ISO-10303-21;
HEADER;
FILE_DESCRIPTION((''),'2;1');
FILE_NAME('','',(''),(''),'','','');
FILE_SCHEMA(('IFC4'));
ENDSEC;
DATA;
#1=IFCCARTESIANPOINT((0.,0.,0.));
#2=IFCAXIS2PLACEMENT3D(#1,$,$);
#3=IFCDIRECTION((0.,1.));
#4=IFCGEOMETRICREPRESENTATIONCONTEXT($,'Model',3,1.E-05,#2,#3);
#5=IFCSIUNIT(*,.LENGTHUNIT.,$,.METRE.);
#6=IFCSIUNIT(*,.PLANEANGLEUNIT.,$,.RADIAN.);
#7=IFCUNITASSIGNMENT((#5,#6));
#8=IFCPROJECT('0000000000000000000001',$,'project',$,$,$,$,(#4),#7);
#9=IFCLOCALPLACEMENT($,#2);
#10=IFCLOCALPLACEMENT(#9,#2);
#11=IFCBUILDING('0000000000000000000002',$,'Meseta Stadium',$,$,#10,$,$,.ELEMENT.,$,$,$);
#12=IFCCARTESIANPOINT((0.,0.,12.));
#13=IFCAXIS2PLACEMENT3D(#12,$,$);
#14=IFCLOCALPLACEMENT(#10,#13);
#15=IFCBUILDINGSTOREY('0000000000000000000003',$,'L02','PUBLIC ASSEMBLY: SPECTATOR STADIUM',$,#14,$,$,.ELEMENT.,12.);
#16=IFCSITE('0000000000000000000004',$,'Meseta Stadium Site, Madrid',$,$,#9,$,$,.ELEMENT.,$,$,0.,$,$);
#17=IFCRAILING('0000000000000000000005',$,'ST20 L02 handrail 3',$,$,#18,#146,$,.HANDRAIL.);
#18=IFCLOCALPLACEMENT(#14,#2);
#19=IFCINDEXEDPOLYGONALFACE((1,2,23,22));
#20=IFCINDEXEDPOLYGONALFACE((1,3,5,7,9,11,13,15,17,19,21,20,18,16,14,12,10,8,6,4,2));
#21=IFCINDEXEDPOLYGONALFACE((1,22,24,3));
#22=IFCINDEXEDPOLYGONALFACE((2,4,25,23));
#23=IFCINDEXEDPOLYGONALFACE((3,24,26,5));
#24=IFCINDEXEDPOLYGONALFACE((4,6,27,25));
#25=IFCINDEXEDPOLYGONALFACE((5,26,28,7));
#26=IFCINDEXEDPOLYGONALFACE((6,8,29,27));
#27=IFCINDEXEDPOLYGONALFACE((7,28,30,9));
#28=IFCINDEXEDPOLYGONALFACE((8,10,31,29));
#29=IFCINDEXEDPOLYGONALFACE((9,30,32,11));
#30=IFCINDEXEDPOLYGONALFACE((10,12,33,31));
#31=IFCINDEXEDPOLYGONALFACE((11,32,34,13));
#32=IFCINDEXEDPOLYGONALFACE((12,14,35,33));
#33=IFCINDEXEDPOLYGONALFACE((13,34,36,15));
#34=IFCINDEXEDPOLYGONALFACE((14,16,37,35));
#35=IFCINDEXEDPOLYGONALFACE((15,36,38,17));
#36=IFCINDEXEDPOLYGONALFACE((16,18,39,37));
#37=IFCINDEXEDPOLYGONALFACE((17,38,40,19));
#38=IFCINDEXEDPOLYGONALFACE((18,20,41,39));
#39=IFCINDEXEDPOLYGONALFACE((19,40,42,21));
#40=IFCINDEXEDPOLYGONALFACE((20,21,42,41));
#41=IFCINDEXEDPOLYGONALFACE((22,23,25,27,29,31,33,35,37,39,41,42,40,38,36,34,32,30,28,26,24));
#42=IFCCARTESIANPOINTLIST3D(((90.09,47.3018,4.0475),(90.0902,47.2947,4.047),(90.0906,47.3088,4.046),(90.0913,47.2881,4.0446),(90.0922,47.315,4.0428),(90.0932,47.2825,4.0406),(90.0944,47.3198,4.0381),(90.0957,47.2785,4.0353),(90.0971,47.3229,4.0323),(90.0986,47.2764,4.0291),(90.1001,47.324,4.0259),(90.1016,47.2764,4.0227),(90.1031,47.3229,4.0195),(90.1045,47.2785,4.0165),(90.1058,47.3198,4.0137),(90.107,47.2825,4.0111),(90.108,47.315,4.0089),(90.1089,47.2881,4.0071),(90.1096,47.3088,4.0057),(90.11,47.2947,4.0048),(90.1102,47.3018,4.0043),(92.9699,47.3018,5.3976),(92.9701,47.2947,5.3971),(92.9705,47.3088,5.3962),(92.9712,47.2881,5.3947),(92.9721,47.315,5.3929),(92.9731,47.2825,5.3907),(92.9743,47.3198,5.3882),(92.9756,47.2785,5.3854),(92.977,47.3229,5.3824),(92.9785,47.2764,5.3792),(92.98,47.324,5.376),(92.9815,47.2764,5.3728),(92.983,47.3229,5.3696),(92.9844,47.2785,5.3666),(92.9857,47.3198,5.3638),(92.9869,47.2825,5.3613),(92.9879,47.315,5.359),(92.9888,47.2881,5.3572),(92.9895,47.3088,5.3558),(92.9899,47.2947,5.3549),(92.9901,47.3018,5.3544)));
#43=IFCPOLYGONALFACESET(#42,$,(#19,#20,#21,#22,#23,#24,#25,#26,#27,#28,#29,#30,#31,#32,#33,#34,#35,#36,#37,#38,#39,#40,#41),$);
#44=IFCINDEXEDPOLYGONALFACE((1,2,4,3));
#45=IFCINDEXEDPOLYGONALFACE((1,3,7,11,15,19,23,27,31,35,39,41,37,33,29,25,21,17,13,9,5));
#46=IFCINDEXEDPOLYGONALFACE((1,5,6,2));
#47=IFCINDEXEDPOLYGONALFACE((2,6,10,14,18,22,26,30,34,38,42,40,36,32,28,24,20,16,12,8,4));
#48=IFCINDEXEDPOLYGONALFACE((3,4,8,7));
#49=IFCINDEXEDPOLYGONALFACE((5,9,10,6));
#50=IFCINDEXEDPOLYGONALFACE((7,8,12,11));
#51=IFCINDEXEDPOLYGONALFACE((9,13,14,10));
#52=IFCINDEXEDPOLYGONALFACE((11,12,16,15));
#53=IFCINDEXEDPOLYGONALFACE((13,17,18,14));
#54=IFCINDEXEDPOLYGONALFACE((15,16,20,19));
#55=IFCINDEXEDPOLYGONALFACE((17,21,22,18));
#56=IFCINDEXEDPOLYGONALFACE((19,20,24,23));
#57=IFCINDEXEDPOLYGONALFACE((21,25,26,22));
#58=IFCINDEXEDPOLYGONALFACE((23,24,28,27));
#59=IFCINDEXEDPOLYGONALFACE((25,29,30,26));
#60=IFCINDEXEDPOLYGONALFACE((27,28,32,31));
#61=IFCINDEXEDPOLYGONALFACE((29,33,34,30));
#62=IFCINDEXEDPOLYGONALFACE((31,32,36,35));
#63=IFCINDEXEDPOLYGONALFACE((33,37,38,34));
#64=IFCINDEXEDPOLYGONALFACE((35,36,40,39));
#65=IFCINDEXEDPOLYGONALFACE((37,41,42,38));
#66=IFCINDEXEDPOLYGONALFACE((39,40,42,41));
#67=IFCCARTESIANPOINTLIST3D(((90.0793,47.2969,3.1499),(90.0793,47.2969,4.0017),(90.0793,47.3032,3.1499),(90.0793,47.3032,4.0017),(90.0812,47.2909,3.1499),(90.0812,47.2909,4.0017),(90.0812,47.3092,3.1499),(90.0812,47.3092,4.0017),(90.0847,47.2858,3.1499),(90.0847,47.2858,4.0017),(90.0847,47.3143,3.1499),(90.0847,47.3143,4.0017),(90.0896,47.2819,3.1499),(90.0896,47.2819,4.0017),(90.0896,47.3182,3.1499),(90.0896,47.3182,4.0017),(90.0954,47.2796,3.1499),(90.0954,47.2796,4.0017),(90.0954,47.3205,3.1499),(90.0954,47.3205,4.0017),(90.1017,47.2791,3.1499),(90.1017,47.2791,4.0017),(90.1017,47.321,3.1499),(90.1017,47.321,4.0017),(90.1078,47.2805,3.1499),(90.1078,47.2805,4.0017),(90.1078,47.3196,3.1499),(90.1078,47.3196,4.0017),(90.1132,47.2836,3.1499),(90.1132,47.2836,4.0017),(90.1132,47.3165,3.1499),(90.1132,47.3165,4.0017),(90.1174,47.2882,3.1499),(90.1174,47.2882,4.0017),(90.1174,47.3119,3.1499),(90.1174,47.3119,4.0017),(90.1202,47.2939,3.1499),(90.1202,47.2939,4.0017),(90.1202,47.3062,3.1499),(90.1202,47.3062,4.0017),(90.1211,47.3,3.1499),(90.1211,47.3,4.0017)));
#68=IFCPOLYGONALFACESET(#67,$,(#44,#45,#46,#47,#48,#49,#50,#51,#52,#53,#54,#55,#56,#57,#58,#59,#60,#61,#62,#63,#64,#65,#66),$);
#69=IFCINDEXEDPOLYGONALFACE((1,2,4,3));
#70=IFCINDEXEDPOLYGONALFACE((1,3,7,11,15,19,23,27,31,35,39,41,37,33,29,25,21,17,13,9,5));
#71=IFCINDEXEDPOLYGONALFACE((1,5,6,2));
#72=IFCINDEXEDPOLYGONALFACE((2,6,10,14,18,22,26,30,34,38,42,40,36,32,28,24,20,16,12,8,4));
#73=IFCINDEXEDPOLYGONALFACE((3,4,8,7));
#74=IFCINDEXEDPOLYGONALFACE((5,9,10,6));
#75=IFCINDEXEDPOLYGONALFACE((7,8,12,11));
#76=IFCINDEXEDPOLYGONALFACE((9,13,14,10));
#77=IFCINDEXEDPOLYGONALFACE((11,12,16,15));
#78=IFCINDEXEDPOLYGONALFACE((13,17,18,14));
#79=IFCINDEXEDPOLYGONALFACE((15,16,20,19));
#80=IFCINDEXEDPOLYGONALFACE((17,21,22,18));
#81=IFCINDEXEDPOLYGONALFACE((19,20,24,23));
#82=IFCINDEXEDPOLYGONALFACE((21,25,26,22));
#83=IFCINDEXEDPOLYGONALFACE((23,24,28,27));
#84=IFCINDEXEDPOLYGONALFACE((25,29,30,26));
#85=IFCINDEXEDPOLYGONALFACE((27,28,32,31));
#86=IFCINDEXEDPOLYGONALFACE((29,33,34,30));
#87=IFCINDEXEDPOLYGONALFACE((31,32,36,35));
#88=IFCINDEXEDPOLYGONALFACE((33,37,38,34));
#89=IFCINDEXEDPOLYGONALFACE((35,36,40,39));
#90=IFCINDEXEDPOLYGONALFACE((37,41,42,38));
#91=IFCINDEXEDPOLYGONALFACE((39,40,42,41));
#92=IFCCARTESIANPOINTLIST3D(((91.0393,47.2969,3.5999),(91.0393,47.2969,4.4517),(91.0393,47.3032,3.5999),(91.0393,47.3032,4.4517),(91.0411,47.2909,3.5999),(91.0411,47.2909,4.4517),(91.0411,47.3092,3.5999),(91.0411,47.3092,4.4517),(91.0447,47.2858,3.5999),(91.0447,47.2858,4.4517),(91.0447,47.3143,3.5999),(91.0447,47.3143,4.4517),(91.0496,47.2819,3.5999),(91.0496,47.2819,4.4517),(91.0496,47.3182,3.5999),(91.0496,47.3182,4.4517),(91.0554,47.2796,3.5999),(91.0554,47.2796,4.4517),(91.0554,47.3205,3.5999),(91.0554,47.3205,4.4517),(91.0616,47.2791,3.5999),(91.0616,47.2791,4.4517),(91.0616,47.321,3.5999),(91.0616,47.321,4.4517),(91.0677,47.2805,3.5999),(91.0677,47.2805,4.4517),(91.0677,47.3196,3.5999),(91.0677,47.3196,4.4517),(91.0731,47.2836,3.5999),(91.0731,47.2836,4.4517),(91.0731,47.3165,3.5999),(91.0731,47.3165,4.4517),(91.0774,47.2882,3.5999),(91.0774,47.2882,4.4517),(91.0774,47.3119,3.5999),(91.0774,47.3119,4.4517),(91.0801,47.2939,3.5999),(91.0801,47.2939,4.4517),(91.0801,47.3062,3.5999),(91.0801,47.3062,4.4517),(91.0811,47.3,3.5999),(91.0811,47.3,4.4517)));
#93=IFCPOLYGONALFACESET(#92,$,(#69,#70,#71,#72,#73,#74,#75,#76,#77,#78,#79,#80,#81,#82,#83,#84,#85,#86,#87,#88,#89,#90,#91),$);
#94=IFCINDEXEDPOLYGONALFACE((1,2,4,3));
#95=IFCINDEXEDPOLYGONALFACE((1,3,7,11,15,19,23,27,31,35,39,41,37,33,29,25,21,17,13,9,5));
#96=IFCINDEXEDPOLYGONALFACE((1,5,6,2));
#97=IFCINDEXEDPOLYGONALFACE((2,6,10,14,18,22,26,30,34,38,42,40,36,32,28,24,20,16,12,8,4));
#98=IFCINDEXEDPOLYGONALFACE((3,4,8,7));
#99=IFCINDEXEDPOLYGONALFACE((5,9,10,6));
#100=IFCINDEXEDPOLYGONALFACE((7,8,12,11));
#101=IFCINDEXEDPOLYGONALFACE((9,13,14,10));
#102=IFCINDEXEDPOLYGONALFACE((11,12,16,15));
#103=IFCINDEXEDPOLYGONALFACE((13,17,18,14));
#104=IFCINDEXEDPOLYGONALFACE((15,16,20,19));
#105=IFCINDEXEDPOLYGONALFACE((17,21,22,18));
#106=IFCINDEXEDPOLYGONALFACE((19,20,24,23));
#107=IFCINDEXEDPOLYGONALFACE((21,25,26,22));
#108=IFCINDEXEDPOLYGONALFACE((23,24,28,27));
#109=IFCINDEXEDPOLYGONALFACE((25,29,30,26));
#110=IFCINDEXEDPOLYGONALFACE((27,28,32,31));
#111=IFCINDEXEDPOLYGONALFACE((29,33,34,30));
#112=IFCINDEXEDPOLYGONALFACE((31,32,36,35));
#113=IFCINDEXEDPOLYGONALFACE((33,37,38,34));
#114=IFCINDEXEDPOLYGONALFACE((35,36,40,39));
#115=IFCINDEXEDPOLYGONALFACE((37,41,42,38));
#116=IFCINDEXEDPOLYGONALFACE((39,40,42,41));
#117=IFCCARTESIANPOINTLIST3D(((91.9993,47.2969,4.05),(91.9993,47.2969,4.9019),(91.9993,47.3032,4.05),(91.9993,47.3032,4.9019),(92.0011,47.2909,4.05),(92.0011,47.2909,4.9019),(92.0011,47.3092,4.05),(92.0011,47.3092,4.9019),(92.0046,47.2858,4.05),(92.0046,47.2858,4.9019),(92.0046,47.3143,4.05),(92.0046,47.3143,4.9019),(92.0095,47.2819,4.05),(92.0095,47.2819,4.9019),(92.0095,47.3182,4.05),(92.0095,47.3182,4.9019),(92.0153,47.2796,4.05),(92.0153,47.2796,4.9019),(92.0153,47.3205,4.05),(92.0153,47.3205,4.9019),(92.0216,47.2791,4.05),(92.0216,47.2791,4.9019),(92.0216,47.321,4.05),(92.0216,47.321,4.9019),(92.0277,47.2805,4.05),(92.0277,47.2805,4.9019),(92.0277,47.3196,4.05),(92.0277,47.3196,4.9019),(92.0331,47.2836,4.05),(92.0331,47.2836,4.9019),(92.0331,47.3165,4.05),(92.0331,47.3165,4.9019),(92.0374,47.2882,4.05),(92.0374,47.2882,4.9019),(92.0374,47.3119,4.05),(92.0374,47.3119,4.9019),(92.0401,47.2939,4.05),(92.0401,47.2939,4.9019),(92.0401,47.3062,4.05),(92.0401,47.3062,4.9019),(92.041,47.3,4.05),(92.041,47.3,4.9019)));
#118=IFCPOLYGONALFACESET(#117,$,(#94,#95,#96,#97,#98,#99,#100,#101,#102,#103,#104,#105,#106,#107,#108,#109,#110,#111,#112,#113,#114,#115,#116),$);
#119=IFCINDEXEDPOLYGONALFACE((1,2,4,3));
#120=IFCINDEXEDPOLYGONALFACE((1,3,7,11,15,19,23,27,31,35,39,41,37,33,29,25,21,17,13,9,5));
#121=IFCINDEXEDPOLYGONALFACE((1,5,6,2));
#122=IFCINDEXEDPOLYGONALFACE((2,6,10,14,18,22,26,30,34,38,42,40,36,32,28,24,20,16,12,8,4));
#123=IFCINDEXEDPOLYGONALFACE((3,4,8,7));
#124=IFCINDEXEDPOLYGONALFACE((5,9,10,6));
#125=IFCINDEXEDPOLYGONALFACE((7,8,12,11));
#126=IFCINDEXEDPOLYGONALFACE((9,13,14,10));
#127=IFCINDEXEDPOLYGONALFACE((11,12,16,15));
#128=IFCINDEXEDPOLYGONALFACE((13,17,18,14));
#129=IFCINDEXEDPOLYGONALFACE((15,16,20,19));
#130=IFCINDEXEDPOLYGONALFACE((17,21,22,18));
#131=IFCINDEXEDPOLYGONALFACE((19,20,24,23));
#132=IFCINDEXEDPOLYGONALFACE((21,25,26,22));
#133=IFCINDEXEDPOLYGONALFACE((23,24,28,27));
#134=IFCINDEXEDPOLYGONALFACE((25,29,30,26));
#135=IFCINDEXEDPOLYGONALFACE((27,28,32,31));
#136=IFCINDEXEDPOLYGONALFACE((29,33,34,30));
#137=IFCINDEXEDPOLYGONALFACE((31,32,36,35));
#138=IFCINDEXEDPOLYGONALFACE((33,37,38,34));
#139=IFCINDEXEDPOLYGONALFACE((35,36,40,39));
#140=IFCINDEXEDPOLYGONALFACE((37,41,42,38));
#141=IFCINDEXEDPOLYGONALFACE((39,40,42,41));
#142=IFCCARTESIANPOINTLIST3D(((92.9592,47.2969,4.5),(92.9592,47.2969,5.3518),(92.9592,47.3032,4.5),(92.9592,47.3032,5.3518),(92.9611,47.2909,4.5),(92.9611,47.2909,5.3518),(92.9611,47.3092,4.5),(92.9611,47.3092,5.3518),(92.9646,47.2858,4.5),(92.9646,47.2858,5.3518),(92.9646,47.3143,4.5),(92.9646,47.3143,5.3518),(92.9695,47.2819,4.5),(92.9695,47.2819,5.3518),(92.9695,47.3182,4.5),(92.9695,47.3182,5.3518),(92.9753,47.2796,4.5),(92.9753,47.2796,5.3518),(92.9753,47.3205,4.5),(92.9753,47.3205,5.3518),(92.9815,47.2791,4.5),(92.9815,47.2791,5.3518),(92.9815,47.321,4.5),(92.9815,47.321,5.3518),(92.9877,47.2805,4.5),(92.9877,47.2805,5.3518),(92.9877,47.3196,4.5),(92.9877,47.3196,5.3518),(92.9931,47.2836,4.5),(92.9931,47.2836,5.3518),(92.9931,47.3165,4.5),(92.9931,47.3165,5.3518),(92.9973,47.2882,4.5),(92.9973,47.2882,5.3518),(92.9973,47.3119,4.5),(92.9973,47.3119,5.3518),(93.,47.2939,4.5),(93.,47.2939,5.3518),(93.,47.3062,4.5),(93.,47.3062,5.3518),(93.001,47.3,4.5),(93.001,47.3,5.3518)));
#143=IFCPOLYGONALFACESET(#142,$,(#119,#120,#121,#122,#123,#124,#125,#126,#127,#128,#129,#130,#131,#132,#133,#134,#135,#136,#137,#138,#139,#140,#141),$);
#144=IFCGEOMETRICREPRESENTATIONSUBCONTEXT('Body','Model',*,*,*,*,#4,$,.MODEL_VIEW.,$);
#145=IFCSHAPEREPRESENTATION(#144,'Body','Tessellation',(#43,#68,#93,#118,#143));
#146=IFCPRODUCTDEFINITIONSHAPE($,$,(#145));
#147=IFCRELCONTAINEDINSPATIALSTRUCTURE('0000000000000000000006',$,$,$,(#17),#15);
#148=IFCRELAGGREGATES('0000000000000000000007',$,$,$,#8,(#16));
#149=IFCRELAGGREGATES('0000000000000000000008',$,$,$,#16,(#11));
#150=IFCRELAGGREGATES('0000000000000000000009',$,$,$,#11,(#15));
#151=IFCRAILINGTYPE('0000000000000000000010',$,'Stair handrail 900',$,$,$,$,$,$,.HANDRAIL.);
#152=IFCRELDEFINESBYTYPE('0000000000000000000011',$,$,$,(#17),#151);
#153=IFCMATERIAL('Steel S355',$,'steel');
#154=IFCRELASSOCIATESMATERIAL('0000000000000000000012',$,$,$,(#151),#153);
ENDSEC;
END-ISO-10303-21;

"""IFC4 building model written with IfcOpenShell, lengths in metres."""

from ifc_helpers import new_model, si_unit, direction, frame, origin, origin_2d, place, context, subcontext, project, spatial, circle, extrude, material, type_object, element, save


model = new_model("IFC4")

# Units and contexts
model_context = context("Model", 3, precision=1e-05, world=origin(), true_north=direction((0.0, 1.0)))
body_context = subcontext(model_context, "Body", "Model", "MODEL_VIEW")
ifc_project = project(units=[si_unit("LENGTHUNIT", "METRE"), si_unit("PLANEANGLEUNIT", "RADIAN")], contexts=[model_context])

# Site, building, storey
site_placement = place(None, origin())
site = spatial("IfcSite", under=ifc_project, at=site_placement, Name="Meseta Stadium Site, Madrid", CompositionType="ELEMENT", RefElevation=0.0)
building_placement = place(site_placement, origin())
building = spatial("IfcBuilding", under=site, at=building_placement, Name="Meseta Stadium", CompositionType="ELEMENT")
storey_placement = place(building_placement, frame((0.0, 0.0, 12.0)))
storey = spatial("IfcBuildingStorey", under=building, at=storey_placement, Name="L02", Description="PUBLIC ASSEMBLY: SPECTATOR STADIUM", CompositionType="ELEMENT", Elevation=12.0)

# Railing
ifc_material_1 = material(Name="Steel S355", Category="steel")
railing_type_1 = type_object("IfcRailingType", Name="Stair handrail 900", PredefinedType="HANDRAIL", material=ifc_material_1)
railing_1_placement = place(storey_placement, frame((90.1001, 47.3, 3.1499)))
element("IfcRailing", 1, at=railing_1_placement, inside=storey, type_object=railing_type_1, Name="ST20 L02 handrail 3", PredefinedType="HANDRAIL", context=body_context, shape_type="SweptSolid", body=[
    extrude(circle(Radius=0.0239, at=origin_2d()), frame((0.0, 0.0, 0.876), z_axis=(0.90544, 0.0, 0.424473), x_axis=(0.0, 1.0, 0.0)), (0.0, 0.0, 1.0), 3.1807),
    extrude(circle(Radius=0.021, at=origin_2d()), origin(), (0.0, 0.0, 1.0), 0.8518),
    extrude(circle(Radius=0.021, at=origin_2d()), frame((0.96, 0.0, 0.45)), (0.0, 0.0, 1.0), 0.8518),
    extrude(circle(Radius=0.021, at=origin_2d()), frame((1.9199, 0.0, 0.9001)), (0.0, 0.0, 1.0), 0.8518),
    extrude(circle(Radius=0.021, at=origin_2d()), frame((2.8799, 0.0, 1.3501)), (0.0, 0.0, 1.0), 0.8518),
])

save(model, "model.ifc")
